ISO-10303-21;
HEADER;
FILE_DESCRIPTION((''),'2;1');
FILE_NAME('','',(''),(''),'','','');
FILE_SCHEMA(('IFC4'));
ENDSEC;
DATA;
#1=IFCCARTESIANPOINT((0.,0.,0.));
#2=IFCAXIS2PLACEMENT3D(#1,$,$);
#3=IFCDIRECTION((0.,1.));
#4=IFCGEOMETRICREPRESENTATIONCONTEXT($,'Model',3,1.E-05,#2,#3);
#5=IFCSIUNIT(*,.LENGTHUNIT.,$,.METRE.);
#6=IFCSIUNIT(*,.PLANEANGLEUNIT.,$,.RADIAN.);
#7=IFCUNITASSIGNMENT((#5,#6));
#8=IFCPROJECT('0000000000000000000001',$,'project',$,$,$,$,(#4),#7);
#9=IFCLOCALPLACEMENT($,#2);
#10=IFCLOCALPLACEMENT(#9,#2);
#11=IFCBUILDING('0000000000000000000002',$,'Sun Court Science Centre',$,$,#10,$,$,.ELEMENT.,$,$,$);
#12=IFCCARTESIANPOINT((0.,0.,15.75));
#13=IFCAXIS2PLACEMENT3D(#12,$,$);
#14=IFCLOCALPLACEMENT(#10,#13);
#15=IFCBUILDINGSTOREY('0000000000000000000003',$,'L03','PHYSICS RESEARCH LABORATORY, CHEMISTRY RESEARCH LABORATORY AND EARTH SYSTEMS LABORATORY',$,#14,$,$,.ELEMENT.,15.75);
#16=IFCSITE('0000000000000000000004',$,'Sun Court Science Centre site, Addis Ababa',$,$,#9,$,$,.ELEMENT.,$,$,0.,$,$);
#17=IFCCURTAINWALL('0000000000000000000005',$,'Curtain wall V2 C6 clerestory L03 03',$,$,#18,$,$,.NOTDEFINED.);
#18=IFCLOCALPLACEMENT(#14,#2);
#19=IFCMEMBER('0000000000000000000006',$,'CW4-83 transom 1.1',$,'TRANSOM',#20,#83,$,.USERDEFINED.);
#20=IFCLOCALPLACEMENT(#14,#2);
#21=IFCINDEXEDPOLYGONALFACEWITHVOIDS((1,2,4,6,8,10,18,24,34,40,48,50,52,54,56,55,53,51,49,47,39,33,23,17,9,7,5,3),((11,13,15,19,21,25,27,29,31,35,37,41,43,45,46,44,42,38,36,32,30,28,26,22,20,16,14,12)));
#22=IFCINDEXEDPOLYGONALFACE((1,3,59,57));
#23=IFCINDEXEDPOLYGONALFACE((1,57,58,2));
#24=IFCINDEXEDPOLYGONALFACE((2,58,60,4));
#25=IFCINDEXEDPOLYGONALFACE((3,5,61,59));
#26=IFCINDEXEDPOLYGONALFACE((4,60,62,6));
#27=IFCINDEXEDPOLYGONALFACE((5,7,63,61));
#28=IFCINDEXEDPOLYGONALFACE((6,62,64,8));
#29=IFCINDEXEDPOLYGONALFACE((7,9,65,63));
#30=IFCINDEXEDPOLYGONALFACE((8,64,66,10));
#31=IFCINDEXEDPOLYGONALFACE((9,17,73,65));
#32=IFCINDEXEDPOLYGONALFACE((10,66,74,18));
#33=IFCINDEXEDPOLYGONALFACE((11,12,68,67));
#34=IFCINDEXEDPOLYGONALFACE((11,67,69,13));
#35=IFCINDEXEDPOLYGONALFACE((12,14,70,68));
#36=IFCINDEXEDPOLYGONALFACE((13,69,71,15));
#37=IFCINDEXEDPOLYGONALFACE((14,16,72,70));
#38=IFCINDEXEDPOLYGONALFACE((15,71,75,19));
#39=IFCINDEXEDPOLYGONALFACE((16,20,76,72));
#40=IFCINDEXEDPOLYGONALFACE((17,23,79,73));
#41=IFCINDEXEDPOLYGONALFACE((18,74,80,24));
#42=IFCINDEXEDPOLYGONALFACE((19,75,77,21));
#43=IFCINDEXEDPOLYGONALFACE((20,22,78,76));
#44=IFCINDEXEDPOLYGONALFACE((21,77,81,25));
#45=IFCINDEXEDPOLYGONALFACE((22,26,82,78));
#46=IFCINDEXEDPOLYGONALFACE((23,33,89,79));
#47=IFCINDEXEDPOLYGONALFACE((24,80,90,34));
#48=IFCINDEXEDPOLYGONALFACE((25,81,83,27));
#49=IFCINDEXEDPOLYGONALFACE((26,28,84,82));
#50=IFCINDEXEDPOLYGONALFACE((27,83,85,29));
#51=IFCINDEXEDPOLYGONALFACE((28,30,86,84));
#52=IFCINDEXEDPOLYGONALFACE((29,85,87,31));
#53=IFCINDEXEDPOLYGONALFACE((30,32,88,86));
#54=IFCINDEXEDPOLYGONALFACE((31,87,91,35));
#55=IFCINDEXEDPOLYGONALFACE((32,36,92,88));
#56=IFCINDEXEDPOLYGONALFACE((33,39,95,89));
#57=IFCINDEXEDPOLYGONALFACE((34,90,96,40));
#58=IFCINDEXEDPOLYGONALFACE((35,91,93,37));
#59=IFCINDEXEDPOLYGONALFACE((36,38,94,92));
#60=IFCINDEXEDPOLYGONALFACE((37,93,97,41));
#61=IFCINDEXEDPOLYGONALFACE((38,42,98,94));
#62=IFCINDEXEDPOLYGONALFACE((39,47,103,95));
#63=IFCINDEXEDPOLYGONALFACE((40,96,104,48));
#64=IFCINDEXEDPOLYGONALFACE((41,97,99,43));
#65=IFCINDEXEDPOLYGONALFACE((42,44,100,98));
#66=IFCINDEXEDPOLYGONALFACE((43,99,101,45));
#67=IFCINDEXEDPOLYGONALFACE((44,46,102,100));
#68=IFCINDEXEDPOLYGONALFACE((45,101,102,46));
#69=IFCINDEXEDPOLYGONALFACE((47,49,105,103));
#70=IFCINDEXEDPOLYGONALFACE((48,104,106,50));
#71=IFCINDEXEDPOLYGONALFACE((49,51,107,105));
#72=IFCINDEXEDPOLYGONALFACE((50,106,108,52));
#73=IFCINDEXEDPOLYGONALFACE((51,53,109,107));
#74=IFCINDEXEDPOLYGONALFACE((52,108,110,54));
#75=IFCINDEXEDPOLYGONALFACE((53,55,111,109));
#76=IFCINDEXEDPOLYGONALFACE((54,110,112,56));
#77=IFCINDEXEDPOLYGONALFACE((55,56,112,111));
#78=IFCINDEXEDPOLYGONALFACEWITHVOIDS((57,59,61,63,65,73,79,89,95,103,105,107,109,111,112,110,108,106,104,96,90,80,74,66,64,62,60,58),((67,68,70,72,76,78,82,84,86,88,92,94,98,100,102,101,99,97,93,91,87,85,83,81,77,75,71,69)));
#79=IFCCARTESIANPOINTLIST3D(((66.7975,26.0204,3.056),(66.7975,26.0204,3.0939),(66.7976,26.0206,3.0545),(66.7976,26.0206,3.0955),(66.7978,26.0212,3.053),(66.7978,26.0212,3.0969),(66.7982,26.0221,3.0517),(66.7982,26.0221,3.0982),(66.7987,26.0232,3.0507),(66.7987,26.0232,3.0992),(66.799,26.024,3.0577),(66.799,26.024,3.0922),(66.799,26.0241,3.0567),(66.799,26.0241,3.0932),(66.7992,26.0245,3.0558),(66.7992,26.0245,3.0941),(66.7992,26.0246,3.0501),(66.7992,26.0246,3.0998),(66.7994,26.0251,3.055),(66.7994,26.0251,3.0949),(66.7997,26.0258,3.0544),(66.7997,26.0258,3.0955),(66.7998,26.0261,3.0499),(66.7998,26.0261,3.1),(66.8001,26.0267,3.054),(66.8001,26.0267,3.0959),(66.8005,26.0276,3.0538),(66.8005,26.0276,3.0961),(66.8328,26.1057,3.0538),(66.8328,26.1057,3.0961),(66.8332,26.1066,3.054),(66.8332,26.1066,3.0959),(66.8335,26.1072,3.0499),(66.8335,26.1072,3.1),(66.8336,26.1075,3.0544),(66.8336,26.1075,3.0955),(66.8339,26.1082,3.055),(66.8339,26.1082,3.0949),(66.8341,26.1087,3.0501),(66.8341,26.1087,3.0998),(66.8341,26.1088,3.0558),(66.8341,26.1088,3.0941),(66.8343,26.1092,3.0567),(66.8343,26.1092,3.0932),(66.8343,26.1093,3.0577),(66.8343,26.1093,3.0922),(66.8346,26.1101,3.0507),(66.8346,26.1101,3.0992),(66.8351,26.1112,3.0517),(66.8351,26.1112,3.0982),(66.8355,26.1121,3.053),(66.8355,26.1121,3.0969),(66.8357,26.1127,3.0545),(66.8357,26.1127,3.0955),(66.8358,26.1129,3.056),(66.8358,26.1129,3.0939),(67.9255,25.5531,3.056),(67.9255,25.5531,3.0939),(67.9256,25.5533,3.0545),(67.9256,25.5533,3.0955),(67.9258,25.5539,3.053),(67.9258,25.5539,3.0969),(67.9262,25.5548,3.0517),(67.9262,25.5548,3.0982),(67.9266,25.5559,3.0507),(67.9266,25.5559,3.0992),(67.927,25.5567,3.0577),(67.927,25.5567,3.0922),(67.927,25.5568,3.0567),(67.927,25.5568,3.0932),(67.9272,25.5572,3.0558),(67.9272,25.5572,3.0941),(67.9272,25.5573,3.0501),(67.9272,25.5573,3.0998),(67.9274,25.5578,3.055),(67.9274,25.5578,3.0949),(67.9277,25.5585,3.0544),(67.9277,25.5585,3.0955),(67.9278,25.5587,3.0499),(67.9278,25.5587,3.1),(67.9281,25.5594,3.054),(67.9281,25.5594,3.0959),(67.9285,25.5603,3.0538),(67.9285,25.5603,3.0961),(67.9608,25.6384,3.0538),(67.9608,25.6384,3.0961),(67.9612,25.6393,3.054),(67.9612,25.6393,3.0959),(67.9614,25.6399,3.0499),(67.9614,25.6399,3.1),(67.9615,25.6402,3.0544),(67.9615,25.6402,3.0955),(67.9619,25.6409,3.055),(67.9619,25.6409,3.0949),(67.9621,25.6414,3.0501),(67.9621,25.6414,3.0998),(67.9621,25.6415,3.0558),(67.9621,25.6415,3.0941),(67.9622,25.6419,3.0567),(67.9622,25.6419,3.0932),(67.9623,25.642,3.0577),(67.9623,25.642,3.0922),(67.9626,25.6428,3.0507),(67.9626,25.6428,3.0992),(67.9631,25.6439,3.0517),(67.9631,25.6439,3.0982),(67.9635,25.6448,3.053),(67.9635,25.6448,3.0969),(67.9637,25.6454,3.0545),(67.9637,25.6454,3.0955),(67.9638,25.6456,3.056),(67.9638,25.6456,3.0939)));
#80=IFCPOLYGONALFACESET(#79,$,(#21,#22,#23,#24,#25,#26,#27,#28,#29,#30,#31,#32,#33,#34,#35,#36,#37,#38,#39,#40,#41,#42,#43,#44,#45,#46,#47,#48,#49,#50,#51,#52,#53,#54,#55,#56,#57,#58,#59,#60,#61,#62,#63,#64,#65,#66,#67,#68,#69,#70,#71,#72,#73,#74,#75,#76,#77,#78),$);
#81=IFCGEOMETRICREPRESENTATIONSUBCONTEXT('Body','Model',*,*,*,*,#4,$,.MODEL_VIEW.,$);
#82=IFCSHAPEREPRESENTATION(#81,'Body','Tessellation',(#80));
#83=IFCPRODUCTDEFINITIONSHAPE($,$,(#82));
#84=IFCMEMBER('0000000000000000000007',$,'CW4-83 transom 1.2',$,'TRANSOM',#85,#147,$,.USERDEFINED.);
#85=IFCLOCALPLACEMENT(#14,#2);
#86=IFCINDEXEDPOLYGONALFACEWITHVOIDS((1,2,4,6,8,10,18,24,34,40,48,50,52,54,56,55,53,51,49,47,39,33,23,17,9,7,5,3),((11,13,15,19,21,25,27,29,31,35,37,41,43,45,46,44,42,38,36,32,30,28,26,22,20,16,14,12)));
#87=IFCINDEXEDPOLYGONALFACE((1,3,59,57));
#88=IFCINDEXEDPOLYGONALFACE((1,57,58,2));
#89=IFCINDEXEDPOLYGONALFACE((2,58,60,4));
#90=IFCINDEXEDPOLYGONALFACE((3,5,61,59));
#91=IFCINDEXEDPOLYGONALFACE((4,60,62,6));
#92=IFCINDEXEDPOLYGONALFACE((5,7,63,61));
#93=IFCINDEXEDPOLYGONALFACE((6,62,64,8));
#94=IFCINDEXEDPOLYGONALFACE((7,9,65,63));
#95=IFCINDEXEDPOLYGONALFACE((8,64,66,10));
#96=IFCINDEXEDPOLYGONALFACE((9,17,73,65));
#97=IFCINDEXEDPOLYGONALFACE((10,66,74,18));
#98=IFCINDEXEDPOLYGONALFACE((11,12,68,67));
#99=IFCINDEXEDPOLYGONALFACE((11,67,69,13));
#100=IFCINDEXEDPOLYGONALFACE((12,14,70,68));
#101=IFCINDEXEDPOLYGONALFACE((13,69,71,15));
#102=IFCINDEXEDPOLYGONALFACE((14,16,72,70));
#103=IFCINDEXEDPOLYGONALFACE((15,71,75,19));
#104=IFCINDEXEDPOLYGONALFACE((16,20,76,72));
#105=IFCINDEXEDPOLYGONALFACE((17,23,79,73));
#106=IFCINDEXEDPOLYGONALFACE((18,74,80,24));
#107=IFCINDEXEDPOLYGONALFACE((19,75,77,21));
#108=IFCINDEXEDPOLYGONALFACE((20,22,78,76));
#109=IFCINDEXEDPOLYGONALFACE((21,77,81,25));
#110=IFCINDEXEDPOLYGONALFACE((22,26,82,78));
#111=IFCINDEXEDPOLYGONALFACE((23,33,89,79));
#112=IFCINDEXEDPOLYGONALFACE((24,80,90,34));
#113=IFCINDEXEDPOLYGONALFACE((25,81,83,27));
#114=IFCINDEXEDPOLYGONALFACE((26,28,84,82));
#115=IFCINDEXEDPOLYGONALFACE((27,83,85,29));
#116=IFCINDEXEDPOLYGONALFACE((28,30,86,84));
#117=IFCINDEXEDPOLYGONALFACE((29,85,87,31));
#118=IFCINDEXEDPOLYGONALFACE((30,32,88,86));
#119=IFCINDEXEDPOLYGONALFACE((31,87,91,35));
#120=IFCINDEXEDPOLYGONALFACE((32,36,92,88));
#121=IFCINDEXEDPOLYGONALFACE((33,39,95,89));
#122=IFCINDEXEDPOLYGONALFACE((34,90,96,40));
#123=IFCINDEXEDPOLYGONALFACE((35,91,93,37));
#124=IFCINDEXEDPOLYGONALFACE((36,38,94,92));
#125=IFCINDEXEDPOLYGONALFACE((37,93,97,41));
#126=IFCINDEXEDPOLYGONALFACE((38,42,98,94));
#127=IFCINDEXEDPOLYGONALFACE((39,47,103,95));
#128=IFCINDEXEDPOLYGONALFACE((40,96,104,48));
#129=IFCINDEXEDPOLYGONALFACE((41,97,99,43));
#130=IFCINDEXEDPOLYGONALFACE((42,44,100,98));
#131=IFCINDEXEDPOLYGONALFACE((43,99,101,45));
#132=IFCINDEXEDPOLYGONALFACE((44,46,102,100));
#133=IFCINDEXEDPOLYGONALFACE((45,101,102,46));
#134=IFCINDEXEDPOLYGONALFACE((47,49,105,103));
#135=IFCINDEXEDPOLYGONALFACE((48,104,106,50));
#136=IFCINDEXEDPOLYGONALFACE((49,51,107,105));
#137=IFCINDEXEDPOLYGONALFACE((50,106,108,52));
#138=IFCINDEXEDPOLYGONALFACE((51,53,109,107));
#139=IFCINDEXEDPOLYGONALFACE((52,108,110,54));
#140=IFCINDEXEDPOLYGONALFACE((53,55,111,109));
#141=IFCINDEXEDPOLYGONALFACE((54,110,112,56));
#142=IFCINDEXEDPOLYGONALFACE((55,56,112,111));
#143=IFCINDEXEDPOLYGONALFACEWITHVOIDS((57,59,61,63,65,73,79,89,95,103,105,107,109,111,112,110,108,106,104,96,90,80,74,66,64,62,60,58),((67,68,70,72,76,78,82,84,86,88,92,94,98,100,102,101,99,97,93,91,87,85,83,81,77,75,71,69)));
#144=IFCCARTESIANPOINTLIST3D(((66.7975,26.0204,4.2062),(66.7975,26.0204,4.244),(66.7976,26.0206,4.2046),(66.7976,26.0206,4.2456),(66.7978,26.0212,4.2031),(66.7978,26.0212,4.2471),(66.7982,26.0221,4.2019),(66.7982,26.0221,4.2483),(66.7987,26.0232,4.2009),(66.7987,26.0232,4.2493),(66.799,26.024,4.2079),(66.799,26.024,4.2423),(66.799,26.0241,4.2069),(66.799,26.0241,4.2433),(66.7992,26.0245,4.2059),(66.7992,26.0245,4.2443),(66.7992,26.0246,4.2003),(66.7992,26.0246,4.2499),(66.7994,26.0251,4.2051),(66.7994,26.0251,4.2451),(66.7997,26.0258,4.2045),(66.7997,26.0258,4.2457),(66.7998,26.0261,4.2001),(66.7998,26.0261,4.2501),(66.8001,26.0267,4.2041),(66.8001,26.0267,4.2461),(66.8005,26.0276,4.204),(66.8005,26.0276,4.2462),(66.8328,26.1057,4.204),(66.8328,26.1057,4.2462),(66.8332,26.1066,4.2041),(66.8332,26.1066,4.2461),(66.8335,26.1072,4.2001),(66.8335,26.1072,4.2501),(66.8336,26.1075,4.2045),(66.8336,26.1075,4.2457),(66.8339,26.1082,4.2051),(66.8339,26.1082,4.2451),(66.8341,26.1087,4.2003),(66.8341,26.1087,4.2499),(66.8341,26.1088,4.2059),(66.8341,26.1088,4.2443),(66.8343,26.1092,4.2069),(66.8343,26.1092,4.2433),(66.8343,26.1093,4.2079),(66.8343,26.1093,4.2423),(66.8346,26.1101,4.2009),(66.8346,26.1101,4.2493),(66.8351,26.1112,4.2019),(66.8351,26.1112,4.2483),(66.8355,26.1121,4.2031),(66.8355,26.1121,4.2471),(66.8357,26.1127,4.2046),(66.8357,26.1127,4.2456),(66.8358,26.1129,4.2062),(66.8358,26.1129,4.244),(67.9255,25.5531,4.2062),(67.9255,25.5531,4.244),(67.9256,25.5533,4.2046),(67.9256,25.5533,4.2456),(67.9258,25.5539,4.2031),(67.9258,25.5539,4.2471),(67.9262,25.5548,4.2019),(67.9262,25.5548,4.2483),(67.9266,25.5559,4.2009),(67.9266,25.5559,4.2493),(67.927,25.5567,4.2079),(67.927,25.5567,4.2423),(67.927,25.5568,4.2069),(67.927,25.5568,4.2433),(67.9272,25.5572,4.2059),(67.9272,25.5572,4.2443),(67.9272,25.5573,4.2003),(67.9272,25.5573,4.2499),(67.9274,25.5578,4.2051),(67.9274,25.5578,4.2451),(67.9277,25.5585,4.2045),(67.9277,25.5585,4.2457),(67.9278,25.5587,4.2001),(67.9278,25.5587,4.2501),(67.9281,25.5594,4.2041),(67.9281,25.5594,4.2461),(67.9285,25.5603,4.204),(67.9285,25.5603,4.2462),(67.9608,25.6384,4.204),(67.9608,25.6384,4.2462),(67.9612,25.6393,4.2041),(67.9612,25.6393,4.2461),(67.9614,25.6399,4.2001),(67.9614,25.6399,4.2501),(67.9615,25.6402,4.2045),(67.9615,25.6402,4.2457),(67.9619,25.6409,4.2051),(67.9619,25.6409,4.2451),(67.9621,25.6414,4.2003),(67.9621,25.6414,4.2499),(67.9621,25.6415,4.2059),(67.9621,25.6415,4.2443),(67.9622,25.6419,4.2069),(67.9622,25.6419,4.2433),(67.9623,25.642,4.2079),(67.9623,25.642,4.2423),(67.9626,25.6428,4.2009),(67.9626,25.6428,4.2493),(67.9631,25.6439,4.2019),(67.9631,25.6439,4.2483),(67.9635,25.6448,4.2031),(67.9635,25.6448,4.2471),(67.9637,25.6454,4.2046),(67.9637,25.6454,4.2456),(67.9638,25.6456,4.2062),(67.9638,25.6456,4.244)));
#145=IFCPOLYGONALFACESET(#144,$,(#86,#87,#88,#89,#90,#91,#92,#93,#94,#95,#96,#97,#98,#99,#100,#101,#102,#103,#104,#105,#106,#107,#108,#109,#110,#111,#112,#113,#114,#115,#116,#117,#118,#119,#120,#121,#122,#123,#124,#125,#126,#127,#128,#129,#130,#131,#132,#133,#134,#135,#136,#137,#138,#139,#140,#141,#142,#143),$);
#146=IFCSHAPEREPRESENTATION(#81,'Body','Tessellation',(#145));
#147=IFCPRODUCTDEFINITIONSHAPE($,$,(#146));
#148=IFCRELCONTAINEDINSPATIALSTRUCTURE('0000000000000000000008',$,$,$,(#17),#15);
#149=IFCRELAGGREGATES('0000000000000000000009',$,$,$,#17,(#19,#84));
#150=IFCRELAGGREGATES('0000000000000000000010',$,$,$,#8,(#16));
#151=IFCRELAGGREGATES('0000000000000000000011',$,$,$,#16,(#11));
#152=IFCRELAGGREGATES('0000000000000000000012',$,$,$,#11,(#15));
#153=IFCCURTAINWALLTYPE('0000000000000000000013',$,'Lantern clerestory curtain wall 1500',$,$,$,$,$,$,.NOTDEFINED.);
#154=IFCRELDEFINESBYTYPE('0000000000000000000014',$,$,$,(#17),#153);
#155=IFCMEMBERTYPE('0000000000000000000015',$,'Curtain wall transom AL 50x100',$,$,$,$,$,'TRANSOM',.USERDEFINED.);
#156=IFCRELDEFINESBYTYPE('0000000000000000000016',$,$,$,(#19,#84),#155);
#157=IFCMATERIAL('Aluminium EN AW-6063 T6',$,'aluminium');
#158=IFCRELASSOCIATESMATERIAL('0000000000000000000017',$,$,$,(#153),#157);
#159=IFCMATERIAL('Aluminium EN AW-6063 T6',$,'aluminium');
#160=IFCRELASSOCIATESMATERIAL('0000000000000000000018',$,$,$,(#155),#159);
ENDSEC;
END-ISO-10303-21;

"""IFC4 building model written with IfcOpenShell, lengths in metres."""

from ifc_helpers import new_model, si_unit, direction, frame, origin, origin_2d, place, context, subcontext, project, spatial, hollow_rectangle, extrude, material, material_profile, profile_set, type_object, element, aggregate, save


model = new_model("IFC4")

# Units and contexts
model_context = context("Model", 3, precision=1e-05, world=origin(), true_north=direction((0.0, 1.0)))
body_context = subcontext(model_context, "Body", "Model", "MODEL_VIEW")
ifc_project = project(units=[si_unit("LENGTHUNIT", "METRE"), si_unit("PLANEANGLEUNIT", "RADIAN")], contexts=[model_context])

# Site, building, storey
site_placement = place(None, origin())
site = spatial("IfcSite", under=ifc_project, at=site_placement, Name="Sun Court Science Centre site, Addis Ababa", CompositionType="ELEMENT", RefElevation=0.0)
building_placement = place(site_placement, origin())
building = spatial("IfcBuilding", under=site, at=building_placement, Name="Sun Court Science Centre", CompositionType="ELEMENT")
storey_placement = place(building_placement, frame((0.0, 0.0, 15.75)))
storey = spatial("IfcBuildingStorey", under=building, at=storey_placement, Name="L03", Description="PHYSICS RESEARCH LABORATORY, CHEMISTRY RESEARCH LABORATORY AND EARTH SYSTEMS LABORATORY", CompositionType="ELEMENT", Elevation=15.75)

# Curtain wall
ifc_material_1 = material(Name="Aluminium EN AW-6063 T6", Category="aluminium")
curtain_wall_type = type_object("IfcCurtainWallType", Name="Lantern clerestory curtain wall 1500", PredefinedType="NOTDEFINED", material=ifc_material_1)
curtain_wall_1_placement = place(storey_placement, origin())
curtain_wall_1 = element("IfcCurtainWall", 1, at=curtain_wall_1_placement, inside=storey, type_object=curtain_wall_type, Name="Curtain wall V2 C6 clerestory L03 03", PredefinedType="NOTDEFINED")

# Members
ifc_material_2 = material(Name="Aluminium EN AW-6063 T6", Category="aluminium")
ifc_material_profile_1 = material_profile(ifc_material_2, hollow_rectangle(XDim=0.05, YDim=0.1001, WallThickness=0.0039, InnerFilletRadius=0.0039, OuterFilletRadius=0.0061, at=origin_2d()), Name="AL 50x100x4")
ifc_profile_set_1 = profile_set([ifc_material_profile_1], Name="Aluminium EN AW-6063 T6")
member_type_1 = type_object("IfcMemberType", Name="Curtain wall transom AL 50x100", ElementType="TRANSOM", PredefinedType="USERDEFINED", material=ifc_profile_set_1)
member_1_placement = place(storey_placement, frame((66.8167, 26.0667, 3.075), z_axis=(0.923856, -0.38274, 0.0), x_axis=(0.0, 0.0, 1.0)))
member_1 = element("IfcMember", 2, at=member_1_placement, type_object=member_type_1, Name="CW4-83 transom 1.1", ObjectType="TRANSOM", PredefinedType="USERDEFINED", context=body_context, shape_type="SweptSolid", body=[
    extrude(hollow_rectangle(XDim=0.05, YDim=0.1001, WallThickness=0.0039, InnerFilletRadius=0.0039, OuterFilletRadius=0.0061, at=origin_2d()), origin(), (0.0, 0.0, 1.0), 1.2209),
])
member_2_placement = place(storey_placement, frame((66.8167, 26.0667, 4.2251), z_axis=(0.923856, -0.38274, 0.0), x_axis=(0.0, 0.0, 1.0)))
member_2 = element("IfcMember", 3, at=member_2_placement, type_object=member_type_1, Name="CW4-83 transom 1.2", ObjectType="TRANSOM", PredefinedType="USERDEFINED", context=body_context, shape_type="SweptSolid", body=[
    extrude(hollow_rectangle(XDim=0.05, YDim=0.1001, WallThickness=0.0039, InnerFilletRadius=0.0039, OuterFilletRadius=0.0061, at=origin_2d()), origin(), (0.0, 0.0, 1.0), 1.2209),
])
aggregate(curtain_wall_1, [member_1, member_2])

save(model, "model.ifc")
